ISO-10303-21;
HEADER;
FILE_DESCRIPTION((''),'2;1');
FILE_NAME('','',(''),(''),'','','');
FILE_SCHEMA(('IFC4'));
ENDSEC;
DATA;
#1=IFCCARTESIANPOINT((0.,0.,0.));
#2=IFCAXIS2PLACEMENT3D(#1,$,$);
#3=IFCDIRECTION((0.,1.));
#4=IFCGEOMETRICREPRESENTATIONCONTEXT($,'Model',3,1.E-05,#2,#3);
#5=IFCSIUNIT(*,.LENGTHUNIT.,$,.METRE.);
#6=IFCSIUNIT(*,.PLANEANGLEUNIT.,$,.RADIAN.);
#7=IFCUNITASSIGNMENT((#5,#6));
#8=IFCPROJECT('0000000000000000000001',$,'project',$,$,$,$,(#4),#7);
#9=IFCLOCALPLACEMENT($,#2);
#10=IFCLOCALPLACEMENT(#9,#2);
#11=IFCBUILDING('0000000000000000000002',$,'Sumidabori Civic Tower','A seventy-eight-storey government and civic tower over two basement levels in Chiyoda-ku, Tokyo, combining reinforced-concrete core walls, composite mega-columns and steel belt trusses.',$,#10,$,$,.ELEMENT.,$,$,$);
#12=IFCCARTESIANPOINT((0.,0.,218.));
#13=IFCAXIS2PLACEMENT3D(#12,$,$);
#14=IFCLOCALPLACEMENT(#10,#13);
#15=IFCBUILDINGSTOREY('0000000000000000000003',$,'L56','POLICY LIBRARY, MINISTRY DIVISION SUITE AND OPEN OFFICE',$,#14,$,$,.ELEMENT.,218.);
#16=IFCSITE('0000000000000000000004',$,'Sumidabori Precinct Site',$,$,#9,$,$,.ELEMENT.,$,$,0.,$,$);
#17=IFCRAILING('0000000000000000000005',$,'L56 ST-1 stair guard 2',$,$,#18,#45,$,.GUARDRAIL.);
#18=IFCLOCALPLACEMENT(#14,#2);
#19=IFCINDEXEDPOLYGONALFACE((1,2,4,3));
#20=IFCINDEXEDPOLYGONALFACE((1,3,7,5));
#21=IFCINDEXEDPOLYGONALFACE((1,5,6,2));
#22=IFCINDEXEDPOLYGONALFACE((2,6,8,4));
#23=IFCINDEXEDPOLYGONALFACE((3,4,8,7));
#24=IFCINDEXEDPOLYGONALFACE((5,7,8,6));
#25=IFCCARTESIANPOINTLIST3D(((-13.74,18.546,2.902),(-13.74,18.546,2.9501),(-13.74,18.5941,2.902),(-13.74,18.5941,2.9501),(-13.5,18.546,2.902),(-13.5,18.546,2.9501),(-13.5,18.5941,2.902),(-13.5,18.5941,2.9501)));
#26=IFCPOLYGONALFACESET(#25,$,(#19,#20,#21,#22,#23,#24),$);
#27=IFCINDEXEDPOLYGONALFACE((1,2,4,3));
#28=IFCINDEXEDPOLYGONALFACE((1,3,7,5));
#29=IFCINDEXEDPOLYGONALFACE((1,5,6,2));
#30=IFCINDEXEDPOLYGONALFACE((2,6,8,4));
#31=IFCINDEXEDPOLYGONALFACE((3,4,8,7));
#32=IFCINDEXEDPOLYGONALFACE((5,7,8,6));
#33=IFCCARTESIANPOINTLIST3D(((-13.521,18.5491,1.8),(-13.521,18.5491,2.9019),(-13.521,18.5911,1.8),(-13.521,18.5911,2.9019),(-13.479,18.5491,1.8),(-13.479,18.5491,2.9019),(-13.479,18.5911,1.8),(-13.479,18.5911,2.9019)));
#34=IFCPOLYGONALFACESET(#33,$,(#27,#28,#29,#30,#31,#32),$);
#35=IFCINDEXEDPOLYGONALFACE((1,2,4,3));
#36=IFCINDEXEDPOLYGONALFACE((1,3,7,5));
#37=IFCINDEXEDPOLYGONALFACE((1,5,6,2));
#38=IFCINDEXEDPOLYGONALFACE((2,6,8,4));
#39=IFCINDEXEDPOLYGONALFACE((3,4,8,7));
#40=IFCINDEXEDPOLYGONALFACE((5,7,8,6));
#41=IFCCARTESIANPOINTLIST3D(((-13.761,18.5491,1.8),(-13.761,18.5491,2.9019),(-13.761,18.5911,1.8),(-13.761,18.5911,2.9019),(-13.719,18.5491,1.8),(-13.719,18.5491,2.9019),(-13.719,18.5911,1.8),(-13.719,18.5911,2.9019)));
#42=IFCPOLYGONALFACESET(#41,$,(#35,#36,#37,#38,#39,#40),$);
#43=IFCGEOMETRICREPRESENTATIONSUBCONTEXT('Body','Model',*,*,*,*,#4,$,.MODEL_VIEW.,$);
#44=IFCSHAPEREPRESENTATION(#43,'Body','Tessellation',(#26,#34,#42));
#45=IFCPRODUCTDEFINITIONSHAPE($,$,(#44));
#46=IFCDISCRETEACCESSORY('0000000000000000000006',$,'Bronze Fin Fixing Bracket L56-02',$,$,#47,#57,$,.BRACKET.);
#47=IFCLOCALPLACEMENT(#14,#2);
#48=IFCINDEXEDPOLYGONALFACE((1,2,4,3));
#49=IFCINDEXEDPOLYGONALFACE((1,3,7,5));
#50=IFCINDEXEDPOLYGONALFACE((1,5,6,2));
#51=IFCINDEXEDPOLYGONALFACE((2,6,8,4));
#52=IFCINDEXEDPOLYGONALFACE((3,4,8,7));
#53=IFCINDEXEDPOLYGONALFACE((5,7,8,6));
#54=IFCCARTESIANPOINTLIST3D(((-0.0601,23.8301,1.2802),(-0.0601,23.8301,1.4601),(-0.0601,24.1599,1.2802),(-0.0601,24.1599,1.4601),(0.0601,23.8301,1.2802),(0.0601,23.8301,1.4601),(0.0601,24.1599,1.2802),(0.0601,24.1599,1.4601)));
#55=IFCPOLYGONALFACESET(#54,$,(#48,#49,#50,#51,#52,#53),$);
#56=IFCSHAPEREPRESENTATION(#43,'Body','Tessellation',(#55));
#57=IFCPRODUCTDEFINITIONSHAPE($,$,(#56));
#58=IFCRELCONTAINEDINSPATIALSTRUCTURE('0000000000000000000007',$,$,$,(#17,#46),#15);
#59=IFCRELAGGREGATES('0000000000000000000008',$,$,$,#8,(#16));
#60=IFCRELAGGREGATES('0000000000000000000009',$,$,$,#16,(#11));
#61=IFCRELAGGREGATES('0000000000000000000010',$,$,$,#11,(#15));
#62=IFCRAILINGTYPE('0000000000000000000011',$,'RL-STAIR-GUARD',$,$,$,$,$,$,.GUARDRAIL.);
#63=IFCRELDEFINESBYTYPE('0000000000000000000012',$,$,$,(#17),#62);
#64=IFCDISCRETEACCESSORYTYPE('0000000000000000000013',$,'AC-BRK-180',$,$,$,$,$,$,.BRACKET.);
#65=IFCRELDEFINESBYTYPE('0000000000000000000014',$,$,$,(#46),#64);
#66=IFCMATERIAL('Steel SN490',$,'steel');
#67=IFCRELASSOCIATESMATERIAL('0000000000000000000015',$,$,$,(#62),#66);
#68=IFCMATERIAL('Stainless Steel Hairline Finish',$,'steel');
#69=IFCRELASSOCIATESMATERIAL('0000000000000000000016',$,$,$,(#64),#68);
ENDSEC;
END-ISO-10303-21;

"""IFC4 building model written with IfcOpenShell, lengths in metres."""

from ifc_helpers import new_model, si_unit, direction, frame, origin, origin_2d, place, context, subcontext, project, spatial, rectangle, extrude, source, transform, mapped, material, material_profile, profile_set, type_object, element, save


model = new_model("IFC4")

# Units and contexts
model_context = context("Model", 3, precision=1e-05, world=origin(), true_north=direction((0.0, 1.0)))
body_context = subcontext(model_context, "Body", "Model", "MODEL_VIEW")
ifc_project = project(units=[si_unit("LENGTHUNIT", "METRE"), si_unit("PLANEANGLEUNIT", "RADIAN")], contexts=[model_context])

# Site, building, storey
site_placement = place(None, origin())
site = spatial("IfcSite", under=ifc_project, at=site_placement, Name="Sumidabori Precinct Site", CompositionType="ELEMENT", RefElevation=0.0)
building_placement = place(site_placement, origin())
building = spatial("IfcBuilding", under=site, at=building_placement, Name="Sumidabori Civic Tower", Description="A seventy-eight-storey government and civic tower over two basement levels in Chiyoda-ku, Tokyo, combining reinforced-concrete core walls, composite mega-columns and steel belt trusses.", CompositionType="ELEMENT")
storey_placement = place(building_placement, frame((0.0, 0.0, 218.0)))
storey = spatial("IfcBuildingStorey", under=building, at=storey_placement, Name="L56", Description="POLICY LIBRARY, MINISTRY DIVISION SUITE AND OPEN OFFICE", CompositionType="ELEMENT", Elevation=218.0)

# Railing
ifc_material_1 = material(Name="Stainless Steel Hairline Finish", Category="steel")
ifc_material_2 = material(Name="Steel SN490", Category="steel")
railing_type_1 = type_object("IfcRailingType", Name="RL-STAIR-GUARD", PredefinedType="GUARDRAIL", material=ifc_material_2)
railing_1_placement = place(storey_placement, frame((-13.5, 18.5701, 1.8)))
element("IfcRailing", 1, at=railing_1_placement, inside=storey, type_object=railing_type_1, Name="L56 ST-1 stair guard 2", PredefinedType="GUARDRAIL", context=body_context, shape_type="SweptSolid", body=[
    extrude(rectangle(XDim=0.0481, YDim=0.0481, at=origin_2d()), frame((0.0, 0.0, 1.126), z_axis=(-1.0, 0.0, 0.0), x_axis=(0.0, -1.0, 0.0)), (0.0, 0.0, 1.0), 0.24),
    extrude(rectangle(XDim=0.042, YDim=0.042, at=origin_2d()), origin(), (0.0, 0.0, 1.0), 1.1018),
    extrude(rectangle(XDim=0.042, YDim=0.042, at=origin_2d()), frame((-0.24, 0.0, 0.0)), (0.0, 0.0, 1.0), 1.1018),
])

# Discrete accessory
ifc_material_profile_1 = material_profile(ifc_material_1, rectangle(XDim=0.1201, YDim=0.1799, at=origin_2d()), Name="STEEL BRACKET 180x120")
ifc_profile_set_1 = profile_set([ifc_material_profile_1], Name="Stainless Steel Hairline Finish")
discrete_accessory_type = type_object("IfcDiscreteAccessoryType", Name="AC-BRK-180", PredefinedType="BRACKET", material=ifc_profile_set_1)
shared_shape_1 = source(origin(), body_context, "Body", "SweptSolid", [
    extrude(rectangle(XDim=0.1201, YDim=0.1799, at=origin_2d()), origin(), (0.0, 0.0, 1.0), 0.3298),
])
discrete_accessory_placement = place(storey_placement, frame((0.0, 23.8301, 1.3701), z_axis=(0.0, 1.0, 0.0), x_axis=(-1.0, 0.0, 0.0)))
element("IfcDiscreteAccessory", 2, at=discrete_accessory_placement, inside=storey, type_object=discrete_accessory_type, Name="Bronze Fin Fixing Bracket L56-02", PredefinedType="BRACKET", context=body_context, shape_type="MappedRepresentation", body=[
    mapped(shared_shape_1, transform((0.0, 0.0, 0.0), x_axis=(1.0, 0.0, 0.0), y_axis=(0.0, 1.0, 0.0), z_axis=(0.0, 0.0, 1.0), scale=1.0)),
])

save(model, "model.ifc")
